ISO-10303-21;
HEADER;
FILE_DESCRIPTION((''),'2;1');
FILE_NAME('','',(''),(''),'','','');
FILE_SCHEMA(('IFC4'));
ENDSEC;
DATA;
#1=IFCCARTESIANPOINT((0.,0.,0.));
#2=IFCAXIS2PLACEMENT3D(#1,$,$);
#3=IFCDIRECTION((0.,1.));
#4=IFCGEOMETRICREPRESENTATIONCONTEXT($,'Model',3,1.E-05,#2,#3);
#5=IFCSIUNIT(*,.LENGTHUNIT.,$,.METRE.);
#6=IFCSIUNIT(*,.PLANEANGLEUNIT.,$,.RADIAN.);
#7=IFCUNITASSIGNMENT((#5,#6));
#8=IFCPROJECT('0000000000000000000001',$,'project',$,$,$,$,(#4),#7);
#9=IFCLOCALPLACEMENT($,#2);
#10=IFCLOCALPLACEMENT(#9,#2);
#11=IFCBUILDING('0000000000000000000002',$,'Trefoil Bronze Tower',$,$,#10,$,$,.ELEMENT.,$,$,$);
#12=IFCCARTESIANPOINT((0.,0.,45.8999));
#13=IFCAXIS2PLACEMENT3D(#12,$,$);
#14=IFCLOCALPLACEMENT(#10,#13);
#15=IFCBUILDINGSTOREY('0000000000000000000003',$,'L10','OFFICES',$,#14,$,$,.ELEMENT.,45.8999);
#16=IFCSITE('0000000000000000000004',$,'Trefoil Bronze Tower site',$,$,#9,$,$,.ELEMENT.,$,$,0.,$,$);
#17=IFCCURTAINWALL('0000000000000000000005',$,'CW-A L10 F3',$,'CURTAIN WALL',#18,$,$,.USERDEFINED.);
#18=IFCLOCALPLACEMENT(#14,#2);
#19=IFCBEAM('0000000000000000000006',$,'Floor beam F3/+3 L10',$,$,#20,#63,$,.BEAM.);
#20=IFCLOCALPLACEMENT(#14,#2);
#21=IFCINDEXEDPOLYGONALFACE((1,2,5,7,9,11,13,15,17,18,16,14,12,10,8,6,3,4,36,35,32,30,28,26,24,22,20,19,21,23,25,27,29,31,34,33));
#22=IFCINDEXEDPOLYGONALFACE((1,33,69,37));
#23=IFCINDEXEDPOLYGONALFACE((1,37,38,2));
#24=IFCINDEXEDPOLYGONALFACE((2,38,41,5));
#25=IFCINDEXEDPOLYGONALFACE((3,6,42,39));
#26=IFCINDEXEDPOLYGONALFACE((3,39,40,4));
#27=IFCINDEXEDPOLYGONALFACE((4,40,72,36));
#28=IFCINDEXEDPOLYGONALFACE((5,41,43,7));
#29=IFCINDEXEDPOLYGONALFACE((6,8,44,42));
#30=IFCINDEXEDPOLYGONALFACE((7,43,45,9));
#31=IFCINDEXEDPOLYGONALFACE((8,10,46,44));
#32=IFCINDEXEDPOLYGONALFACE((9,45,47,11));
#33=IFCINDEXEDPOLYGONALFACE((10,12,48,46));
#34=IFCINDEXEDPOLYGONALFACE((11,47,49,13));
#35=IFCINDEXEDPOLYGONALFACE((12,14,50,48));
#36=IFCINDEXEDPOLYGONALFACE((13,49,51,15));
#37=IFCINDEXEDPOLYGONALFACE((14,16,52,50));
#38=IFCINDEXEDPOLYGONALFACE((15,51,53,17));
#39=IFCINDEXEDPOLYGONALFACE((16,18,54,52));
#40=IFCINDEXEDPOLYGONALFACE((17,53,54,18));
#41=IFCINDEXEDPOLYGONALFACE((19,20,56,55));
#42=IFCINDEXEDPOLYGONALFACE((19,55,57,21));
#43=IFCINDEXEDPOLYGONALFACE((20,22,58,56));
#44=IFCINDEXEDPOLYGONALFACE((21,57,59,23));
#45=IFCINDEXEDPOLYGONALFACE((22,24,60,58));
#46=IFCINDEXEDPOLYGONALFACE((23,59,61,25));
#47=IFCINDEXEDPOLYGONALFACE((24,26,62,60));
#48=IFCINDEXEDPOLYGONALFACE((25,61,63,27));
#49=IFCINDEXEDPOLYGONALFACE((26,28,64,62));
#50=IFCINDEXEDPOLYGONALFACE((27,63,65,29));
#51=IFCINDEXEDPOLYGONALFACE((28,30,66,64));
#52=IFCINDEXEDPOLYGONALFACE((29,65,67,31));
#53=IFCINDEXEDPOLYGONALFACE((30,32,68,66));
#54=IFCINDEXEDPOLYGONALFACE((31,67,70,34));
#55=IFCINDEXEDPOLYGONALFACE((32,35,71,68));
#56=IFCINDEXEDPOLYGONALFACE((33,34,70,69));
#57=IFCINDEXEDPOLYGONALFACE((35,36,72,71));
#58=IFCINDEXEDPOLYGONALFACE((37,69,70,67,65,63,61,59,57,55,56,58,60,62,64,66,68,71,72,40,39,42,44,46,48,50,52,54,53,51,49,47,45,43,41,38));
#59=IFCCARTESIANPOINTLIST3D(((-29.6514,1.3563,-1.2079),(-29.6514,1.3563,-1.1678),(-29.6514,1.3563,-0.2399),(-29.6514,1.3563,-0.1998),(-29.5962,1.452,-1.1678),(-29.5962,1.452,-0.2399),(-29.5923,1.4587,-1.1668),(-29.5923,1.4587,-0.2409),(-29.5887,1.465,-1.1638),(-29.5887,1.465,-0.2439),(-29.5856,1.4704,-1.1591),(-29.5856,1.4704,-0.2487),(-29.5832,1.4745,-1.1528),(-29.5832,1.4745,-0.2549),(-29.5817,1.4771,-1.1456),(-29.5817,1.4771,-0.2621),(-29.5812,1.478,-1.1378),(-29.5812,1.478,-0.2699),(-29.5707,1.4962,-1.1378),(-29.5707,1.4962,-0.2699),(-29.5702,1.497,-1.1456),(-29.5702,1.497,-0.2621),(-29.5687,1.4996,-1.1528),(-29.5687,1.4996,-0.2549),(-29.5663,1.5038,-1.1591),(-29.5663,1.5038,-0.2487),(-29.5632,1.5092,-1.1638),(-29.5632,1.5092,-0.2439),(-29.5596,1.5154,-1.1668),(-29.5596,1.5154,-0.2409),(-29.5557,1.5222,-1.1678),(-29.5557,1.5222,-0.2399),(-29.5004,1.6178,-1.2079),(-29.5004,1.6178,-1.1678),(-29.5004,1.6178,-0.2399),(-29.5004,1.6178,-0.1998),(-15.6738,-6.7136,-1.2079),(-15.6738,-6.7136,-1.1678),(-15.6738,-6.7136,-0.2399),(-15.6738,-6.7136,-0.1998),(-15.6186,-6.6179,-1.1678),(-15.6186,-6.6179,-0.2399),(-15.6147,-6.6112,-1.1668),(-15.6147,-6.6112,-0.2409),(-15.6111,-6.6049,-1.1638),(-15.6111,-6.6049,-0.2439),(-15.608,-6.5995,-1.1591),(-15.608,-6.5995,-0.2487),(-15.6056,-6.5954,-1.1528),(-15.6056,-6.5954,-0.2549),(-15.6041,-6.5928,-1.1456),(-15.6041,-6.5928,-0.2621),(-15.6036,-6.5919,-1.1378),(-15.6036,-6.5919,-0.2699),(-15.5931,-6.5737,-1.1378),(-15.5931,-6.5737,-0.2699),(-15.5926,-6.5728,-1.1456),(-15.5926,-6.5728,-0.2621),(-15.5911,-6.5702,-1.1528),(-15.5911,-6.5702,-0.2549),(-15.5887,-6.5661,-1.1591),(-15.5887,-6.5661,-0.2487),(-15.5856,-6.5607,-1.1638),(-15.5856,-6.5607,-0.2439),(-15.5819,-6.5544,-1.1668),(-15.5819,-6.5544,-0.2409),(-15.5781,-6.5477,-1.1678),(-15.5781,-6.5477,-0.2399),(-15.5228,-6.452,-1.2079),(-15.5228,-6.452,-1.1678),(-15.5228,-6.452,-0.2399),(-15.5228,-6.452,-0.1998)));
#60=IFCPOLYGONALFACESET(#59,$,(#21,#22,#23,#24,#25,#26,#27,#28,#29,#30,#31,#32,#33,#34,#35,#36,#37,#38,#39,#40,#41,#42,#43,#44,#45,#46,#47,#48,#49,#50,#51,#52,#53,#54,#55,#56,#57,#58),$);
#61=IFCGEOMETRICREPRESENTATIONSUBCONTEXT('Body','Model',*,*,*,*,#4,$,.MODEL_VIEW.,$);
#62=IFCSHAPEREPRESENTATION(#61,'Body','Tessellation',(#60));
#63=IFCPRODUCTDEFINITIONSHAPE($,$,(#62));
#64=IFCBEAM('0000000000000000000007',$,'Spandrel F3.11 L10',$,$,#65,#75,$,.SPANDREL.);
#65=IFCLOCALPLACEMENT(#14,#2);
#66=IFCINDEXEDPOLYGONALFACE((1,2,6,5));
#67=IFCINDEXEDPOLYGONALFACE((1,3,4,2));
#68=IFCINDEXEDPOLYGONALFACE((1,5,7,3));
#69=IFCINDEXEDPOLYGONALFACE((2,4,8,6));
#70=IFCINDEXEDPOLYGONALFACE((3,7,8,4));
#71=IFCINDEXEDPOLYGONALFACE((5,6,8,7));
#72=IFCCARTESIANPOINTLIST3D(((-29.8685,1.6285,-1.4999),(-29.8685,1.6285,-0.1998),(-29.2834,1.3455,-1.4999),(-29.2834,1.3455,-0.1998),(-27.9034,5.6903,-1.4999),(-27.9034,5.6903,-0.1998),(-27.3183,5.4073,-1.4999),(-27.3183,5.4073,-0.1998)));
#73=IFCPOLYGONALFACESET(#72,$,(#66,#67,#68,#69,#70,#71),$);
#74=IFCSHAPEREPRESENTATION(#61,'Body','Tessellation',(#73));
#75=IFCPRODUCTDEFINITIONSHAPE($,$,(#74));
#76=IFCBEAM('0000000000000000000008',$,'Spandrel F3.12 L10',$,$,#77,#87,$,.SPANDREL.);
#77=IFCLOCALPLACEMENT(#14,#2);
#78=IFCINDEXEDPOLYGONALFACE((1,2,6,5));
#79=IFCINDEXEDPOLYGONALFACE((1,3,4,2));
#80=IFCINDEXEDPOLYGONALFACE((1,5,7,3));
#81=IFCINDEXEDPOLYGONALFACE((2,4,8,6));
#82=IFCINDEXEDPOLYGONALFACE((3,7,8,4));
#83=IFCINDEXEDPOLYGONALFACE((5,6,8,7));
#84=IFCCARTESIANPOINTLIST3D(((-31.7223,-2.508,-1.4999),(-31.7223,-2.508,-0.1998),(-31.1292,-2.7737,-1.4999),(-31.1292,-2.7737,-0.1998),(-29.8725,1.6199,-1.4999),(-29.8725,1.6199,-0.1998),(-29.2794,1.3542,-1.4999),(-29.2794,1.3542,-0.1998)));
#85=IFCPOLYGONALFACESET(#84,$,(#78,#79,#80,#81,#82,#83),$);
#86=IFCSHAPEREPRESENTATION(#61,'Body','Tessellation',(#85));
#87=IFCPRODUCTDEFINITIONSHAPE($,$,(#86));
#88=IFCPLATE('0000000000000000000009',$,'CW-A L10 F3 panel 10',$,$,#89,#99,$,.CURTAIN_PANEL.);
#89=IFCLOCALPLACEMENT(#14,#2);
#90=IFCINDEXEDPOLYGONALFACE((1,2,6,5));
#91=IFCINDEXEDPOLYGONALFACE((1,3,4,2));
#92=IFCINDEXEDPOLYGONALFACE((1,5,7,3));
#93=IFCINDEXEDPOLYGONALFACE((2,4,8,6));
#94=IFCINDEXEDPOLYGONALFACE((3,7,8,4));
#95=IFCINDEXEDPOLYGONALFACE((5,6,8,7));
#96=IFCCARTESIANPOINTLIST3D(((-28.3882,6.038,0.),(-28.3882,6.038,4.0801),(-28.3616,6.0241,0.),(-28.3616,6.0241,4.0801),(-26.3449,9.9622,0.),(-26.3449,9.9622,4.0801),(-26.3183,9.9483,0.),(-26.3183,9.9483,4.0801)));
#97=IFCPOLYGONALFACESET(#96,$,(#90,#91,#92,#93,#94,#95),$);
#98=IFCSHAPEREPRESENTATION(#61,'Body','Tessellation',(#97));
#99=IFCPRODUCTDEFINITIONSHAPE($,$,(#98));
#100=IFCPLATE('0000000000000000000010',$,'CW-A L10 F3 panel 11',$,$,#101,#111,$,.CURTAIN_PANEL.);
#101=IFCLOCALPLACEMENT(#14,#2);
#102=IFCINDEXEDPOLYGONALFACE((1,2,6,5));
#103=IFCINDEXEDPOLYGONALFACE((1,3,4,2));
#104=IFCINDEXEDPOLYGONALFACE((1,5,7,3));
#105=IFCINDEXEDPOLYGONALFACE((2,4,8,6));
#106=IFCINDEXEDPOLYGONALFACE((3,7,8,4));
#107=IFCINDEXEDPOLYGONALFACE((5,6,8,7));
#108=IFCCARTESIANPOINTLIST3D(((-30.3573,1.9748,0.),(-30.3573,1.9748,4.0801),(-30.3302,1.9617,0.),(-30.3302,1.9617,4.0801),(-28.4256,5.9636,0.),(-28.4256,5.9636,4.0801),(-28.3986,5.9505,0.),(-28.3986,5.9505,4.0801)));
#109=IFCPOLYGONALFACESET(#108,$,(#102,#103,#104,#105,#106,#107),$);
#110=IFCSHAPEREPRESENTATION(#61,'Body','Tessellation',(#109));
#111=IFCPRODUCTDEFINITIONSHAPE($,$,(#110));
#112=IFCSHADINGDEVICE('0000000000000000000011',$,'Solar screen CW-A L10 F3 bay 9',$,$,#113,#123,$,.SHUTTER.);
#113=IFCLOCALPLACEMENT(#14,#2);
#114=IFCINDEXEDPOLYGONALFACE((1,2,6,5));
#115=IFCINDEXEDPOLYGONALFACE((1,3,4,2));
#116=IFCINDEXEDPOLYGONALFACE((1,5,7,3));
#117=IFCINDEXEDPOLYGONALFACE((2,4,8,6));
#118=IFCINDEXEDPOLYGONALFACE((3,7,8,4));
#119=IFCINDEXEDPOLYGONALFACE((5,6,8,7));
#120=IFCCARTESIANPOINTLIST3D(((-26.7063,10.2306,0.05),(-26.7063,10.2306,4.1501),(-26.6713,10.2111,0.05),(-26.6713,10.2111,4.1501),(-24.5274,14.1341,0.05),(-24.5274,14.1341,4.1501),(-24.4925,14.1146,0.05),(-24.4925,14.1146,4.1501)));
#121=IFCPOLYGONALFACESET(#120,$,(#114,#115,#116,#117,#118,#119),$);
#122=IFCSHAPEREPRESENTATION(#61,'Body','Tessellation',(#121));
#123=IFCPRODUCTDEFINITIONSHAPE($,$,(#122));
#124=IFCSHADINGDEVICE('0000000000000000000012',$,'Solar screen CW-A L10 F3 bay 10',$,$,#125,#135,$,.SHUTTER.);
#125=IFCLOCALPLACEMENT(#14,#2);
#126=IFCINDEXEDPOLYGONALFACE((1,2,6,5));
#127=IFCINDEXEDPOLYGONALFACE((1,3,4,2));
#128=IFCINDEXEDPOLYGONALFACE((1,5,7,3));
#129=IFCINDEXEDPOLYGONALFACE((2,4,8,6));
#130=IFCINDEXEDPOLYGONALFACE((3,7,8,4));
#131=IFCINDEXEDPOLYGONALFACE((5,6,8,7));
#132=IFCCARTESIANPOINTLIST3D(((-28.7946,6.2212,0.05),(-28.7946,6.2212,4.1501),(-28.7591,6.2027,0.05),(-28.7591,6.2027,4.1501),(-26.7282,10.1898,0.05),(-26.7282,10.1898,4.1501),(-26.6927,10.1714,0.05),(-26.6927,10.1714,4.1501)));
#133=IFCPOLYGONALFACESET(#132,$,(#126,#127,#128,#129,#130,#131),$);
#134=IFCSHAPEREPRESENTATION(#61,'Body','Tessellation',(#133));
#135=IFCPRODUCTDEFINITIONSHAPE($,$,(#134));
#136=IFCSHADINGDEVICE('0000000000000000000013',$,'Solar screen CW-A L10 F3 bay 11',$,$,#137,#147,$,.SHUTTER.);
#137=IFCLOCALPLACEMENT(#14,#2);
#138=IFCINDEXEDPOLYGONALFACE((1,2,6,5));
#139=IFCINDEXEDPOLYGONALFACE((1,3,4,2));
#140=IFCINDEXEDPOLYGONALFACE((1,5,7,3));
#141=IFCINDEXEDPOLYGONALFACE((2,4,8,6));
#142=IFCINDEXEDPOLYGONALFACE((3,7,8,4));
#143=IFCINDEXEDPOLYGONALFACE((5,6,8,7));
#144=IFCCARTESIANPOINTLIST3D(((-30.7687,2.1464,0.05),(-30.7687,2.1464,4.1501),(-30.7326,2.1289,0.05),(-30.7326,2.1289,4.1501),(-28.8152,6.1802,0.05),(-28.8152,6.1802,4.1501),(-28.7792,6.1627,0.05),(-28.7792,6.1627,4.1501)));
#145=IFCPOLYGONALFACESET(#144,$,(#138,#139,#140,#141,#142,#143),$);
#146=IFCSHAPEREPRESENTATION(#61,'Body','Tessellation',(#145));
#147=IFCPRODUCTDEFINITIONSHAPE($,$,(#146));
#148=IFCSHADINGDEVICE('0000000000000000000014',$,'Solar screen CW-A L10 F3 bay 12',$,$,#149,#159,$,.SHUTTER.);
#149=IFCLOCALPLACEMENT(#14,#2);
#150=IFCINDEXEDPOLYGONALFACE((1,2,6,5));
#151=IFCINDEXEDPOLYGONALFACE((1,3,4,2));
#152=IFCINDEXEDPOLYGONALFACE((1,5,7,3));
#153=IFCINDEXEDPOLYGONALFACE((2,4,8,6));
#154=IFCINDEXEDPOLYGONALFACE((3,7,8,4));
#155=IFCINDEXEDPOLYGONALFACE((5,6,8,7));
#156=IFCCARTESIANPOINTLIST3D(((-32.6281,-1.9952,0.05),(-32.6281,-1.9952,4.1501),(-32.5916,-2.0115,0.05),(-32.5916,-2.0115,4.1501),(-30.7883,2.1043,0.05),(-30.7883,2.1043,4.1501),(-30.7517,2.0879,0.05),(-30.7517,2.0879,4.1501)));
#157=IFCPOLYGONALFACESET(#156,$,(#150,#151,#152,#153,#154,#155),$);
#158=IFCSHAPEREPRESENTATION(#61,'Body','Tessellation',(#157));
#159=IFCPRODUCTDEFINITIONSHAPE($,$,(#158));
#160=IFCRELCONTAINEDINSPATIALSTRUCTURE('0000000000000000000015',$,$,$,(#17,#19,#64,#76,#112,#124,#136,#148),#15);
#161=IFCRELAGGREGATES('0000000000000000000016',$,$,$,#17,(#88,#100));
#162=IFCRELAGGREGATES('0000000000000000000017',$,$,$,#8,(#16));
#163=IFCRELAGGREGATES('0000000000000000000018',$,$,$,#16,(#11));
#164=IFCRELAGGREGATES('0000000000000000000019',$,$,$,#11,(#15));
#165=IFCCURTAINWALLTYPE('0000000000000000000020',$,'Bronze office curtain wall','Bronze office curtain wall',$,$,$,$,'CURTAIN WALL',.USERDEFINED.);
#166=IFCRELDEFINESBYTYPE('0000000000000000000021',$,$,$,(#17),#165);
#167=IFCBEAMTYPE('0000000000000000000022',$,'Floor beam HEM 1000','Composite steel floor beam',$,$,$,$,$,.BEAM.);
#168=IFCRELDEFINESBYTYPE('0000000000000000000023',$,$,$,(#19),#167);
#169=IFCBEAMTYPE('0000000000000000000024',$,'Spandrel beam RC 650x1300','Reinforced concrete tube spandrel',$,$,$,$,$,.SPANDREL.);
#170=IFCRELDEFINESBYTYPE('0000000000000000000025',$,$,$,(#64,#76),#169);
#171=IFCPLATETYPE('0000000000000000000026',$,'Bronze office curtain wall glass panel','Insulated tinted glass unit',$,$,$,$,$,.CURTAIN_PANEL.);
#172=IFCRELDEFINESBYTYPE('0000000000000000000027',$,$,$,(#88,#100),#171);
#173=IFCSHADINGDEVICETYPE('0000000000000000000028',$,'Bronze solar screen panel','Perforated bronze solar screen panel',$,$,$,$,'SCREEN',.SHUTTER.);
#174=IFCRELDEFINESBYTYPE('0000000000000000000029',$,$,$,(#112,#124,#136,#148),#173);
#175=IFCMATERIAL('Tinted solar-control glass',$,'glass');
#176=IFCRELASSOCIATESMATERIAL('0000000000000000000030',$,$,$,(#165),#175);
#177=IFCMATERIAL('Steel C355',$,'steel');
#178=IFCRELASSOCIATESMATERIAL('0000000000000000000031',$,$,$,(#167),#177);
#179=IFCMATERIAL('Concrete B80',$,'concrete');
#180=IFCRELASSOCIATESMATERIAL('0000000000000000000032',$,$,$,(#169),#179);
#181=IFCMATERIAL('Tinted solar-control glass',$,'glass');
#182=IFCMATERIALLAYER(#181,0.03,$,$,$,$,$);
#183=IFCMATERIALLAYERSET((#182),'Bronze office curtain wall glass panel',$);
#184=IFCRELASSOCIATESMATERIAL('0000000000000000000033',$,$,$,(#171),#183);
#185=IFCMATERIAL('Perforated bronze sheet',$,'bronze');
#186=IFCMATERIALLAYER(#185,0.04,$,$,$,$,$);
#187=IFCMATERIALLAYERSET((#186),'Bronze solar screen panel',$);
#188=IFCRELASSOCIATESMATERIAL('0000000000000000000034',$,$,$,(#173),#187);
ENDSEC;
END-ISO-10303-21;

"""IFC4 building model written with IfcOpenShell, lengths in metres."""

from ifc_helpers import new_model, si_unit, direction, frame, origin, origin_2d, place, context, subcontext, project, spatial, rectangle, i_section, extrude, material, layer, layer_set, material_profile, profile_set, type_object, element, aggregate, save


model = new_model("IFC4")

# Units and contexts
model_context = context("Model", 3, precision=1e-05, world=origin(), true_north=direction((0.0, 1.0)))
body_context = subcontext(model_context, "Body", "Model", "MODEL_VIEW")
ifc_project = project(units=[si_unit("LENGTHUNIT", "METRE"), si_unit("PLANEANGLEUNIT", "RADIAN")], contexts=[model_context])

# Site, building, storey
site_placement = place(None, origin())
site = spatial("IfcSite", under=ifc_project, at=site_placement, Name="Trefoil Bronze Tower site", CompositionType="ELEMENT", RefElevation=0.0)
building_placement = place(site_placement, origin())
building = spatial("IfcBuilding", under=site, at=building_placement, Name="Trefoil Bronze Tower", CompositionType="ELEMENT")
storey_placement = place(building_placement, frame((0.0, 0.0, 45.8999)))
storey = spatial("IfcBuildingStorey", under=building, at=storey_placement, Name="L10", Description="OFFICES", CompositionType="ELEMENT", Elevation=45.8999)

# Curtain wall
ifc_material_1 = material(Name="Tinted solar-control glass", Category="glass")
curtain_wall_type = type_object("IfcCurtainWallType", Name="Bronze office curtain wall", Description="Bronze office curtain wall", ElementType="CURTAIN WALL", PredefinedType="USERDEFINED", material=ifc_material_1)
curtain_wall_placement = place(storey_placement, origin())
curtain_wall = element("IfcCurtainWall", 1, at=curtain_wall_placement, inside=storey, type_object=curtain_wall_type, Name="CW-A L10 F3", ObjectType="CURTAIN WALL", PredefinedType="USERDEFINED")

# Beams
ifc_material_2 = material(Name="Steel C355", Category="steel")
ifc_material_profile_1 = material_profile(ifc_material_2, i_section(OverallWidth=0.302, OverallDepth=1.0081, WebThickness=0.021, FlangeThickness=0.04, FilletRadius=0.03, at=origin_2d()), Name="HEM 1000")
ifc_profile_set_1 = profile_set([ifc_material_profile_1], Name="Steel C355")
beam_type_1 = type_object("IfcBeamType", Name="Floor beam HEM 1000", Description="Composite steel floor beam", PredefinedType="BEAM", material=ifc_profile_set_1)
beam_1_placement = place(storey_placement, frame((-29.5759, 1.4871, -0.7039), z_axis=(0.866028, -0.499995, 0.0), x_axis=(0.499995, 0.866028, 0.0)))
element("IfcBeam", 2, at=beam_1_placement, inside=storey, type_object=beam_type_1, Name="Floor beam F3/+3 L10", PredefinedType="BEAM", context=body_context, shape_type="SweptSolid", body=[
    extrude(i_section(OverallWidth=0.302, OverallDepth=1.0081, WebThickness=0.021, FlangeThickness=0.04, FilletRadius=0.03, at=origin_2d()), origin(), (0.0, 0.0, 1.0), 16.1399),
])
ifc_material_3 = material(Name="Concrete B80", Category="concrete")
ifc_material_profile_2 = material_profile(ifc_material_3, rectangle(XDim=0.6499, YDim=1.3, at=origin_2d()), Name="RC 650x1300")
ifc_profile_set_2 = profile_set([ifc_material_profile_2], Name="Concrete B80")
beam_type_2 = type_object("IfcBeamType", Name="Spandrel beam RC 650x1300", Description="Reinforced concrete tube spandrel", PredefinedType="SPANDREL", material=ifc_profile_set_2)
beam_2_placement = place(storey_placement, frame((-27.6108, 5.5488, -0.8499), z_axis=(-0.43551, -0.900184, 0.0), x_axis=(0.900184, -0.43551, 0.0)))
element("IfcBeam", 3, at=beam_2_placement, inside=storey, type_object=beam_type_2, Name="Spandrel F3.11 L10", PredefinedType="SPANDREL", context=body_context, shape_type="SweptSolid", body=[
    extrude(rectangle(XDim=0.6499, YDim=1.3, at=origin_2d()), origin(), (0.0, 0.0, 1.0), 4.5122),
])
beam_3_placement = place(storey_placement, frame((-29.5759, 1.4871, -0.8499), z_axis=(-0.408946, -0.912559, 0.0), x_axis=(0.912559, -0.408946, 0.0)))
element("IfcBeam", 4, at=beam_3_placement, inside=storey, type_object=beam_type_2, Name="Spandrel F3.12 L10", PredefinedType="SPANDREL", context=body_context, shape_type="SweptSolid", body=[
    extrude(rectangle(XDim=0.6499, YDim=1.3, at=origin_2d()), origin(), (0.0, 0.0, 1.0), 4.5234),
])

# Plates
ifc_material_4 = material(Name="Tinted solar-control glass", Category="glass")
ifc_layer_1 = layer(ifc_material_4, 0.03)
ifc_layer_set_1 = layer_set([ifc_layer_1], Name="Bronze office curtain wall glass panel")
plate_type = type_object("IfcPlateType", Name="Bronze office curtain wall glass panel", Description="Insulated tinted glass unit", PredefinedType="CURTAIN_PANEL", material=ifc_layer_set_1)
plate_1_placement = place(storey_placement, frame((-27.3533, 7.9932, 0.0), z_axis=(0.0, 0.0, 1.0), x_axis=(-0.46183, -0.886969, 0.0)))
plate_1 = element("IfcPlate", 5, at=plate_1_placement, type_object=plate_type, Name="CW-A L10 F3 panel 10", PredefinedType="CURTAIN_PANEL", context=body_context, shape_type="SweptSolid", body=[
    extrude(rectangle(XDim=4.4243, YDim=0.03, at=origin_2d()), origin(), (0.0, 0.0, 1.0), 4.0801),
])
plate_2_placement = place(storey_placement, frame((-29.3779, 3.9626, 0.0), z_axis=(0.0, 0.0, 1.0), x_axis=(-0.435855, -0.900017, 0.0)))
plate_2 = element("IfcPlate", 6, at=plate_2_placement, type_object=plate_type, Name="CW-A L10 F3 panel 11", PredefinedType="CURTAIN_PANEL", context=body_context, shape_type="SweptSolid", body=[
    extrude(rectangle(XDim=4.4319, YDim=0.03, at=origin_2d()), origin(), (0.0, 0.0, 1.0), 4.0801),
])
aggregate(curtain_wall, [plate_1, plate_2])

# Shading devices
ifc_material_5 = material(Name="Perforated bronze sheet", Category="bronze")
ifc_layer_2 = layer(ifc_material_5, 0.04)
ifc_layer_set_2 = layer_set([ifc_layer_2], Name="Bronze solar screen panel")
shading_device_type = type_object("IfcShadingDeviceType", Name="Bronze solar screen panel", Description="Perforated bronze solar screen panel", ElementType="SCREEN", PredefinedType="SHUTTER", material=ifc_layer_set_2)
shading_device_1_placement = place(storey_placement, frame((-25.5994, 12.1726, 0.05), z_axis=(0.0, 0.0, 1.0), x_axis=(-0.487382, -0.873189, 0.0)))
element("IfcShadingDevice", 7, at=shading_device_1_placement, inside=storey, type_object=shading_device_type, Name="Solar screen CW-A L10 F3 bay 9", PredefinedType="SHUTTER", context=body_context, shape_type="SweptSolid", body=[
    extrude(rectangle(XDim=4.4705, YDim=0.04, at=origin_2d()), origin(), (0.0, 0.0, 1.0), 4.1001),
])
shading_device_2_placement = place(storey_placement, frame((-27.7437, 8.1963, 0.05), z_axis=(0.0, 0.0, 1.0), x_axis=(-0.46183, -0.886969, 0.0)))
element("IfcShadingDevice", 8, at=shading_device_2_placement, inside=storey, type_object=shading_device_type, Name="Solar screen CW-A L10 F3 bay 10", PredefinedType="SHUTTER", context=body_context, shape_type="SweptSolid", body=[
    extrude(rectangle(XDim=4.4744, YDim=0.04, at=origin_2d()), origin(), (0.0, 0.0, 1.0), 4.1001),
])
shading_device_3_placement = place(storey_placement, frame((-29.7739, 4.1545, 0.05), z_axis=(0.0, 0.0, 1.0), x_axis=(-0.435855, -0.900017, 0.0)))
element("IfcShadingDevice", 9, at=shading_device_3_placement, inside=storey, type_object=shading_device_type, Name="Solar screen CW-A L10 F3 bay 11", PredefinedType="SHUTTER", context=body_context, shape_type="SweptSolid", body=[
    extrude(rectangle(XDim=4.4819, YDim=0.04, at=origin_2d()), origin(), (0.0, 0.0, 1.0), 4.1001),
])
shading_device_4_placement = place(storey_placement, frame((-31.6899, 0.0464, 0.05), z_axis=(0.0, 0.0, 1.0), x_axis=(-0.409456, -0.91233, 0.0)))
element("IfcShadingDevice", 10, at=shading_device_4_placement, inside=storey, type_object=shading_device_type, Name="Solar screen CW-A L10 F3 bay 12", PredefinedType="SHUTTER", context=body_context, shape_type="SweptSolid", body=[
    extrude(rectangle(XDim=4.4934, YDim=0.04, at=origin_2d()), origin(), (0.0, 0.0, 1.0), 4.1001),
])

save(model, "model.ifc")
